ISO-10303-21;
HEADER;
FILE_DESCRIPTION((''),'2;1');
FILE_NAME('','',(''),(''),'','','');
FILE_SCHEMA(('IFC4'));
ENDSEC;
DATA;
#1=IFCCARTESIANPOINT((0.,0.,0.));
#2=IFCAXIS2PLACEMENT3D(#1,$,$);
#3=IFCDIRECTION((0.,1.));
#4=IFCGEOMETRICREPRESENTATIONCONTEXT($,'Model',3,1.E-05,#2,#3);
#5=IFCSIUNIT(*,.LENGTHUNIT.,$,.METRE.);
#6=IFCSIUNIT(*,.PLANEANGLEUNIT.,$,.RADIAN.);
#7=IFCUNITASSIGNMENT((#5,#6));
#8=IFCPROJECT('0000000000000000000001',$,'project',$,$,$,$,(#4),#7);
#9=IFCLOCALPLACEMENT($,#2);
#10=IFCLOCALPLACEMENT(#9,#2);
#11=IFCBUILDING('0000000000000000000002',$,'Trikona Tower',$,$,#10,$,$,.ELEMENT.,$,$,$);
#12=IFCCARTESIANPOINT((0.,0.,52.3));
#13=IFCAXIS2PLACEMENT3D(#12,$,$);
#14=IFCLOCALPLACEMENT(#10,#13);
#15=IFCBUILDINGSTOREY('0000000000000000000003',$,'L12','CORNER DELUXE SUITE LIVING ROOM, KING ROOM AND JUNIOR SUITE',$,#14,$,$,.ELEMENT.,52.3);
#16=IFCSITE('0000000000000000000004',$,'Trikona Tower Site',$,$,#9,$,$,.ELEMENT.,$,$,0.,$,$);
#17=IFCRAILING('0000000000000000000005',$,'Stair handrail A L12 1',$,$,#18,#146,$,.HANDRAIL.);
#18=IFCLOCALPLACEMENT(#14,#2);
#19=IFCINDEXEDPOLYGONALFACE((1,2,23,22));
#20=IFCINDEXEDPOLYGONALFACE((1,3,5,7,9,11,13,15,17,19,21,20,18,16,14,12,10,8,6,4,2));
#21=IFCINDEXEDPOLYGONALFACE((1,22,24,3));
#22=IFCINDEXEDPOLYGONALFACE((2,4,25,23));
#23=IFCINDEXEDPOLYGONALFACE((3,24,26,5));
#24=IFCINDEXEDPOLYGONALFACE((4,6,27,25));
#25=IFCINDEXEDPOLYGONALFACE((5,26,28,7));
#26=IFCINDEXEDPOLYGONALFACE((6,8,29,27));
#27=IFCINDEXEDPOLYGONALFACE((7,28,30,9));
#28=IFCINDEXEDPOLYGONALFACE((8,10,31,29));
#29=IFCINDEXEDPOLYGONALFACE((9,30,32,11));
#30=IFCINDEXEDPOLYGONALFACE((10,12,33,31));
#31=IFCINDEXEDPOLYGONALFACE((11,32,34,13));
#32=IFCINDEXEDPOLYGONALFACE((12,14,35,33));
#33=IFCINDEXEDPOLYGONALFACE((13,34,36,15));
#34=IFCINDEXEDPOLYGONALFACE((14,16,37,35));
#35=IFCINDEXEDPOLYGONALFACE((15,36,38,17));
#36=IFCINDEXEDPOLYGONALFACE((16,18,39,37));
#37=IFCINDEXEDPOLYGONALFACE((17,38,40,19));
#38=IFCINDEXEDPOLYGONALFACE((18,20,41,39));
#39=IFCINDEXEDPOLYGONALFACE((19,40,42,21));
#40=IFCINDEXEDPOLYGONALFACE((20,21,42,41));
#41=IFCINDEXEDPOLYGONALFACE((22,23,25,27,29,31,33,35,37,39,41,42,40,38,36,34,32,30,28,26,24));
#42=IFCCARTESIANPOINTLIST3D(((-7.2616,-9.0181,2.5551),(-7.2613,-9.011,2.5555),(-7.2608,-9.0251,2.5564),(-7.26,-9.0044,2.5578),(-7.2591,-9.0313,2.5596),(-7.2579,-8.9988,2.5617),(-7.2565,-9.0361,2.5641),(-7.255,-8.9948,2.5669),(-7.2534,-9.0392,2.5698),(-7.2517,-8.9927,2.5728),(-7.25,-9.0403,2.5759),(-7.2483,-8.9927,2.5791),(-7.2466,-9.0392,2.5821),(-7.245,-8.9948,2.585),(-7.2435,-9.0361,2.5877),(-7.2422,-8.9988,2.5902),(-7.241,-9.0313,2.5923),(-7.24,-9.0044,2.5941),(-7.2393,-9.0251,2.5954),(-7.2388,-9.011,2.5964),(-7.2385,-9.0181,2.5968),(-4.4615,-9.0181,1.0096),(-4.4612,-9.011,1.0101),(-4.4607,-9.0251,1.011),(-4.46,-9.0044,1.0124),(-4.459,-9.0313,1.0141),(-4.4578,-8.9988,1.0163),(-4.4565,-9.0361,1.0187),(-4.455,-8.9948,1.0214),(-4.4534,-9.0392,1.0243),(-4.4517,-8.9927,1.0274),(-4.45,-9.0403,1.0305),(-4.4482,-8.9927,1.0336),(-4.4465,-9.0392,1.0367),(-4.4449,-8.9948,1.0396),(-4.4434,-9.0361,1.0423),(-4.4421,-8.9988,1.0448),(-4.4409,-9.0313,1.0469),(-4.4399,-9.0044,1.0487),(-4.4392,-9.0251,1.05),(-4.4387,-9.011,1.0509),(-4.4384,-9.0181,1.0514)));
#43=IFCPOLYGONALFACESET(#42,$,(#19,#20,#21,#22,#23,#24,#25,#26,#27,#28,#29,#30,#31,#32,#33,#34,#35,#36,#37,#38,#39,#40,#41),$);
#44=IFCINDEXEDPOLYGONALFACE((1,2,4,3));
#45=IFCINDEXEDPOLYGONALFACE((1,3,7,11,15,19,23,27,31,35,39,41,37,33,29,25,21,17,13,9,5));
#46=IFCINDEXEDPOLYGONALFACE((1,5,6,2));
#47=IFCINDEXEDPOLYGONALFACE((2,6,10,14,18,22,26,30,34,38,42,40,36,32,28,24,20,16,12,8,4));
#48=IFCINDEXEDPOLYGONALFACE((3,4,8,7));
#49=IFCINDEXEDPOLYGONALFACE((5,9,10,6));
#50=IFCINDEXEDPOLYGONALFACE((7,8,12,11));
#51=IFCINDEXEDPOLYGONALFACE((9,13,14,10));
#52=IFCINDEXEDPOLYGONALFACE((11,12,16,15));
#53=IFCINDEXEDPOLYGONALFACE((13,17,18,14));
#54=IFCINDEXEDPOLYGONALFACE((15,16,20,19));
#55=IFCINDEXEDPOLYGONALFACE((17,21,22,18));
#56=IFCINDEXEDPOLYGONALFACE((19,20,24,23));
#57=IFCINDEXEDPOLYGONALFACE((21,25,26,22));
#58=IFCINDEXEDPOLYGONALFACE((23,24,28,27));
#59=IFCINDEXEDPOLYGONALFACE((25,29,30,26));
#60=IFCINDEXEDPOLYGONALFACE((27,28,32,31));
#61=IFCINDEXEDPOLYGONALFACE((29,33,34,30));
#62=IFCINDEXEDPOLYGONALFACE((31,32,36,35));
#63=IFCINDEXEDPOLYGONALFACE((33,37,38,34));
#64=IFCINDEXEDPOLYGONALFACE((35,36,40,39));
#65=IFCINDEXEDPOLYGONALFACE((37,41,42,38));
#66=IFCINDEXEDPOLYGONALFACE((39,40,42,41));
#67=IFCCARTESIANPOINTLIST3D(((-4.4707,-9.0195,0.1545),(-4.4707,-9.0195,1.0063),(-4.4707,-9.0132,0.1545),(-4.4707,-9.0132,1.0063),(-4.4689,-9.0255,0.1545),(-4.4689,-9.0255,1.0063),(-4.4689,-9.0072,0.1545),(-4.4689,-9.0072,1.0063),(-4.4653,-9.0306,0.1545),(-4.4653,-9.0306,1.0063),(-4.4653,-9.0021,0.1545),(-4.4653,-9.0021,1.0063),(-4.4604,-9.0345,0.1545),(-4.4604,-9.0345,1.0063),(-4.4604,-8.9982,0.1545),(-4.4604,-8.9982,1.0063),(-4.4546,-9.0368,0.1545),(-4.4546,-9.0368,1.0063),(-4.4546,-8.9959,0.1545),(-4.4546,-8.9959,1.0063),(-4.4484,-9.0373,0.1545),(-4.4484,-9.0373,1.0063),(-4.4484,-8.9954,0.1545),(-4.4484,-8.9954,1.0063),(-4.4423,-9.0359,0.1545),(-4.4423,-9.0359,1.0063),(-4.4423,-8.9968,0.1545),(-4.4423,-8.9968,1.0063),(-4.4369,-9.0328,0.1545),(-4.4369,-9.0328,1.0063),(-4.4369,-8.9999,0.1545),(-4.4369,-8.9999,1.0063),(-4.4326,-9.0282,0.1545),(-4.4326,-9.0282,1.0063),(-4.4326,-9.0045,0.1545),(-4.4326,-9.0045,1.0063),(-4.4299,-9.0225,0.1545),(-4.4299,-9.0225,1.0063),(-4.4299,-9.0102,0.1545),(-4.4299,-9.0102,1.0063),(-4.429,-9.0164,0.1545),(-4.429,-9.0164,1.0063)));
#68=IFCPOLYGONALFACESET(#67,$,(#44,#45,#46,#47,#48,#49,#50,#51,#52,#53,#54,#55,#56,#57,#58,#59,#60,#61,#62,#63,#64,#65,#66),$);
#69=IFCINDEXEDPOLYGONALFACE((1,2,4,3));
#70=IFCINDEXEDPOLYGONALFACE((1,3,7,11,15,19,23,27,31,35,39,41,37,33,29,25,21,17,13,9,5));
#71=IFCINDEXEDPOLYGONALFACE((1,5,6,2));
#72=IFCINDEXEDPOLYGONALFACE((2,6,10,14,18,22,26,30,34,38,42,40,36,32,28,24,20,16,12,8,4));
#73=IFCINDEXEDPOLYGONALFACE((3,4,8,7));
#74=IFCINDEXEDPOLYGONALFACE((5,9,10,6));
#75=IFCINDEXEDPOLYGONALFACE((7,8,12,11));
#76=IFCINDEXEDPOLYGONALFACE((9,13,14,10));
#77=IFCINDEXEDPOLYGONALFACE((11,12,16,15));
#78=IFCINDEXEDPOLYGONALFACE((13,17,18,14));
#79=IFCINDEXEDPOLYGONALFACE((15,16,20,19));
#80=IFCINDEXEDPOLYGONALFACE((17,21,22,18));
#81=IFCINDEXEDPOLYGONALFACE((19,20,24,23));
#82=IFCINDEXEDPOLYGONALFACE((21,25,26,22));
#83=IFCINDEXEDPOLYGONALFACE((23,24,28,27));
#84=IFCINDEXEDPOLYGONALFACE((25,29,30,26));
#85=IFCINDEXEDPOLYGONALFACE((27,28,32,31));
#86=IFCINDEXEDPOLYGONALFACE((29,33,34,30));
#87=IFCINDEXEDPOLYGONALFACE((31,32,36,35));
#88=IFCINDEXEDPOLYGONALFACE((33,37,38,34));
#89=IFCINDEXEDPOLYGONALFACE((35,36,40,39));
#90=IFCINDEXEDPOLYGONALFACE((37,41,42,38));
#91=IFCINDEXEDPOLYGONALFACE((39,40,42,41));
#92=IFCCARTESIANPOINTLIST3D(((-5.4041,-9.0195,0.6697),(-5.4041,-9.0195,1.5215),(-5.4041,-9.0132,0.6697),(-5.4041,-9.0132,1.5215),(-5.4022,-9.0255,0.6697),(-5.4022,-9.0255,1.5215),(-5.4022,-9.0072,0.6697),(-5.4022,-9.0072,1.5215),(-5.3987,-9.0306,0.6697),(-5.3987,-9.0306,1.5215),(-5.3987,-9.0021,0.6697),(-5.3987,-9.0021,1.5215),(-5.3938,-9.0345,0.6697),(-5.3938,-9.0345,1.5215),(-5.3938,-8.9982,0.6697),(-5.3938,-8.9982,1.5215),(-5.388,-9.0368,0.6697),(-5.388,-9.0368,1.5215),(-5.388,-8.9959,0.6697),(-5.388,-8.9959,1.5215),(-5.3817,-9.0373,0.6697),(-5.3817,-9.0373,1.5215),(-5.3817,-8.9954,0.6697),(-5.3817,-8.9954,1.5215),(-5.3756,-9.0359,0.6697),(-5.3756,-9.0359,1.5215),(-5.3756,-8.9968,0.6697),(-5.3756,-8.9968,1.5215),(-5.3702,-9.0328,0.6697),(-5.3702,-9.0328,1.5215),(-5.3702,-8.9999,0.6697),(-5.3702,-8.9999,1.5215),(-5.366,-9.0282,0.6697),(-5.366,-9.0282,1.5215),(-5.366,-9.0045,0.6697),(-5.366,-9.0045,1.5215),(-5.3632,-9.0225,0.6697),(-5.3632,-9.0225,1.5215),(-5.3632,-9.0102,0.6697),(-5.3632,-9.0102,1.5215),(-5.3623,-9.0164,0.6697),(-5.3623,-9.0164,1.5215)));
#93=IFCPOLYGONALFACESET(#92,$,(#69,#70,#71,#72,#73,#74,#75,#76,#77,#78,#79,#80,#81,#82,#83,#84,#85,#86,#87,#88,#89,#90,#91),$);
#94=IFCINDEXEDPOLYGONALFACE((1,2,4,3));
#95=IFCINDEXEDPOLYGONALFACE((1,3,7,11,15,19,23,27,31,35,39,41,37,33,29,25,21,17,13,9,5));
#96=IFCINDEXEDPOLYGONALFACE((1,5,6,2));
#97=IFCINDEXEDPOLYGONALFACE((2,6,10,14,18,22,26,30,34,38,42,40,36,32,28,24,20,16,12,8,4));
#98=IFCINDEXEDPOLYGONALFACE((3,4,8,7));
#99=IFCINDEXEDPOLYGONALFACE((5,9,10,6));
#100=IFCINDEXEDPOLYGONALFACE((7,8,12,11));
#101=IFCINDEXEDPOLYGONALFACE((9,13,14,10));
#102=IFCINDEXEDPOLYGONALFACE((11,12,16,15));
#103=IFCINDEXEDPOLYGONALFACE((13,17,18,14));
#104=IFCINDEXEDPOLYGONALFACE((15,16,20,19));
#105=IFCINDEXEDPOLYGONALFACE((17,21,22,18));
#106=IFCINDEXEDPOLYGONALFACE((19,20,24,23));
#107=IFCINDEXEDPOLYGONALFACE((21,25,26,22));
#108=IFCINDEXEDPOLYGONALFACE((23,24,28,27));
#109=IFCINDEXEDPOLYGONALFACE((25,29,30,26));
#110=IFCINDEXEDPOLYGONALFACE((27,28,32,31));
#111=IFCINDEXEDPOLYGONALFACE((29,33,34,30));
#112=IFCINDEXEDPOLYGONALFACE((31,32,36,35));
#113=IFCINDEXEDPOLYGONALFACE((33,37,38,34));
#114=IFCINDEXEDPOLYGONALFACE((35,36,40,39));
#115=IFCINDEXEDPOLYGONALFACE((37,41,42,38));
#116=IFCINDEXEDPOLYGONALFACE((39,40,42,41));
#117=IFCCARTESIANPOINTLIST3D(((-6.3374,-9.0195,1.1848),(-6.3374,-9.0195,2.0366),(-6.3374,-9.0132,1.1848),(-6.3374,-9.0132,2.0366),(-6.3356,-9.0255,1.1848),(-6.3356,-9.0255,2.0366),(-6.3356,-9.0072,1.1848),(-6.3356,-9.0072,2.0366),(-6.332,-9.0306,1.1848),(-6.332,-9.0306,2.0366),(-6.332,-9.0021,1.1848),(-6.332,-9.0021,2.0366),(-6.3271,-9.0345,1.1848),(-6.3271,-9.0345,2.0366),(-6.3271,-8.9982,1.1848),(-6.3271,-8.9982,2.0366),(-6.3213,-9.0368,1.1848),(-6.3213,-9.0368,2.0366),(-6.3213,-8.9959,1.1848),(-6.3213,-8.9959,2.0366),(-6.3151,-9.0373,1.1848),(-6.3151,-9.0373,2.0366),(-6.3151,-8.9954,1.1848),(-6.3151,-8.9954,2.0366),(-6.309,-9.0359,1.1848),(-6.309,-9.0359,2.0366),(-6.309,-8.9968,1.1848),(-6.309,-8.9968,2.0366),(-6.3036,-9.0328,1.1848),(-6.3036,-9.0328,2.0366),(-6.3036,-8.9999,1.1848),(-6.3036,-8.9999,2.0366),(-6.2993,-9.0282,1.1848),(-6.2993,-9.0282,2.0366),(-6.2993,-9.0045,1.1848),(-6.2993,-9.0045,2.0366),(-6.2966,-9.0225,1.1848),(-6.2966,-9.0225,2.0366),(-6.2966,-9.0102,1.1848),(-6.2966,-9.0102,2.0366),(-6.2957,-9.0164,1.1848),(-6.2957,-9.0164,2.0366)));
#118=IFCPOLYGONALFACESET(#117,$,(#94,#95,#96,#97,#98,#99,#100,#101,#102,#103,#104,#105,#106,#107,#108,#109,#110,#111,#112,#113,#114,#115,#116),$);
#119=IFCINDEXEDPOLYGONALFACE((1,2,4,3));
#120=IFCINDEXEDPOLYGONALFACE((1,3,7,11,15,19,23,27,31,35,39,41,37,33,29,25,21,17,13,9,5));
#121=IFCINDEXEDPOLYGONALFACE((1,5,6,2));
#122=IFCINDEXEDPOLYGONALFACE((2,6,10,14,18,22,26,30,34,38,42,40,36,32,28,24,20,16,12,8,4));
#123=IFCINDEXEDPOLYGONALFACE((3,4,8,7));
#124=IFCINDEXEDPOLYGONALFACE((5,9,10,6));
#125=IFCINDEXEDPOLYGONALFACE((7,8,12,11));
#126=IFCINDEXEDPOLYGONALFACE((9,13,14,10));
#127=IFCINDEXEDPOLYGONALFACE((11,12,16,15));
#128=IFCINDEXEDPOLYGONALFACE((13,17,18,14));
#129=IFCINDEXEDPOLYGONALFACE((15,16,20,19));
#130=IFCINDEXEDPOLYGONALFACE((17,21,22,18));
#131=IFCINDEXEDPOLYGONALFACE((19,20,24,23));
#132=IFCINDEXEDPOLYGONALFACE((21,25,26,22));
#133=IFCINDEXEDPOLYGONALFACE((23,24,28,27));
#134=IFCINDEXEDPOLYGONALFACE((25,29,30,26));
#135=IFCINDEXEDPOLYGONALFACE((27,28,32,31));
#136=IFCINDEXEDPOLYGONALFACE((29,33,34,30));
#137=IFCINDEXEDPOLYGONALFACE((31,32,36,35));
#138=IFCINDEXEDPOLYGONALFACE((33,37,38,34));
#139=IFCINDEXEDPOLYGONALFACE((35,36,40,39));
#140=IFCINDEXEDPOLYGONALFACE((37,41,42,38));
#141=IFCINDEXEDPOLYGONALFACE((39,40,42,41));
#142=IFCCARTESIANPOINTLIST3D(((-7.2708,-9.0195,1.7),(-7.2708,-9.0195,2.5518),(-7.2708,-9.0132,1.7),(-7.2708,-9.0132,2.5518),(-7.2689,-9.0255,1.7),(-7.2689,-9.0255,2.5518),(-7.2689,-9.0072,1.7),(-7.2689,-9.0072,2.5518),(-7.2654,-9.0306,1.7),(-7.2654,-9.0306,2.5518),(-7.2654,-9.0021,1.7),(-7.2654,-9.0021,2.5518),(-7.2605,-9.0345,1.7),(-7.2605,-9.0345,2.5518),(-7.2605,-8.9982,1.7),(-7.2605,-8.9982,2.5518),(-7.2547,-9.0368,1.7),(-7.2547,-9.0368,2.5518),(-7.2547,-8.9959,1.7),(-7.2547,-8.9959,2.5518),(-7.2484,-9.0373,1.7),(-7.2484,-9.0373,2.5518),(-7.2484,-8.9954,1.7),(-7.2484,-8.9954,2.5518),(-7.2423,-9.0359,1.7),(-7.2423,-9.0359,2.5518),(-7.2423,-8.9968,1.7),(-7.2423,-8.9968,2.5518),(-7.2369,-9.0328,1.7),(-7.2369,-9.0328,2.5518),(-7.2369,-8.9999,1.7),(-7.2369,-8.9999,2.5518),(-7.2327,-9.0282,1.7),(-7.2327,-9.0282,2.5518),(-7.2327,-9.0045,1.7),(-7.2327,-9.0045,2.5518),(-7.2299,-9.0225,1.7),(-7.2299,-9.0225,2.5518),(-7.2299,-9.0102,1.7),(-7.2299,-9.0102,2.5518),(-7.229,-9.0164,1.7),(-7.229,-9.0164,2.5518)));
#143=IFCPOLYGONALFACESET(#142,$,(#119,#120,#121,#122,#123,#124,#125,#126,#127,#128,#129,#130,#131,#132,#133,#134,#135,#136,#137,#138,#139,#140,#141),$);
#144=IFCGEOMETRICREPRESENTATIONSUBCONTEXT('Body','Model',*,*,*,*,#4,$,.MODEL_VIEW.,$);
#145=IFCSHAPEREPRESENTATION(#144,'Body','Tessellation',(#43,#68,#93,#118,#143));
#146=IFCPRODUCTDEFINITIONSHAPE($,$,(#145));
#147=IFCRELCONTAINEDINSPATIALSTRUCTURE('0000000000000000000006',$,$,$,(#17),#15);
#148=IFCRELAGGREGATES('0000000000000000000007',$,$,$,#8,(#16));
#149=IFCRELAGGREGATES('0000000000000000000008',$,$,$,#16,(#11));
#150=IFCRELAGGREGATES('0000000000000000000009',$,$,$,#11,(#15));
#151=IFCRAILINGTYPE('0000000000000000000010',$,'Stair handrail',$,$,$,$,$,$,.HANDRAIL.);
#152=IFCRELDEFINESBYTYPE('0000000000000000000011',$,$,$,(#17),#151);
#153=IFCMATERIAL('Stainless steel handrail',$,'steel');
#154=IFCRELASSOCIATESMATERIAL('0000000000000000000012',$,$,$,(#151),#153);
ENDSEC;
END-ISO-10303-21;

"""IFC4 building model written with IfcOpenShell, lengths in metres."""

from ifc_helpers import new_model, si_unit, direction, frame, origin, origin_2d, place, context, subcontext, project, spatial, circle, extrude, material, type_object, element, save


model = new_model("IFC4")

# Units and contexts
model_context = context("Model", 3, precision=1e-05, world=origin(), true_north=direction((0.0, 1.0)))
body_context = subcontext(model_context, "Body", "Model", "MODEL_VIEW")
ifc_project = project(units=[si_unit("LENGTHUNIT", "METRE"), si_unit("PLANEANGLEUNIT", "RADIAN")], contexts=[model_context])

# Site, building, storey
site_placement = place(None, origin())
site = spatial("IfcSite", under=ifc_project, at=site_placement, Name="Trikona Tower Site", CompositionType="ELEMENT", RefElevation=0.0)
building_placement = place(site_placement, origin())
building = spatial("IfcBuilding", under=site, at=building_placement, Name="Trikona Tower", CompositionType="ELEMENT")
storey_placement = place(building_placement, frame((0.0, 0.0, 52.3)))
storey = spatial("IfcBuildingStorey", under=building, at=storey_placement, Name="L12", Description="CORNER DELUXE SUITE LIVING ROOM, KING ROOM AND JUNIOR SUITE", CompositionType="ELEMENT", Elevation=52.3)

# Railing
ifc_material_1 = material(Name="Stainless steel handrail", Category="steel")
railing_type = type_object("IfcRailingType", Name="Stair handrail", PredefinedType="HANDRAIL", material=ifc_material_1)
railing_placement = place(storey_placement, frame((-4.45, -9.0164, 0.1545)))
element("IfcRailing", 1, at=railing_placement, inside=storey, type_object=railing_type, Name="Stair handrail A L12 1", PredefinedType="HANDRAIL", context=body_context, shape_type="SweptSolid", body=[
    extrude(circle(Radius=0.0239, at=origin_2d()), frame((0.0, 0.0, 0.876), z_axis=(-0.875504, 0.0, 0.483211), x_axis=(0.0, -1.0, 0.0)), (0.0, 0.0, 1.0), 3.1982),
    extrude(circle(Radius=0.021, at=origin_2d()), origin(), (0.0, 0.0, 1.0), 0.8518),
    extrude(circle(Radius=0.021, at=origin_2d()), frame((-0.9333, 0.0, 0.5151)), (0.0, 0.0, 1.0), 0.8518),
    extrude(circle(Radius=0.021, at=origin_2d()), frame((-1.8667, 0.0, 1.0303)), (0.0, 0.0, 1.0), 0.8518),
    extrude(circle(Radius=0.021, at=origin_2d()), frame((-2.8, 0.0, 1.5454)), (0.0, 0.0, 1.0), 0.8518),
])

save(model, "model.ifc")
